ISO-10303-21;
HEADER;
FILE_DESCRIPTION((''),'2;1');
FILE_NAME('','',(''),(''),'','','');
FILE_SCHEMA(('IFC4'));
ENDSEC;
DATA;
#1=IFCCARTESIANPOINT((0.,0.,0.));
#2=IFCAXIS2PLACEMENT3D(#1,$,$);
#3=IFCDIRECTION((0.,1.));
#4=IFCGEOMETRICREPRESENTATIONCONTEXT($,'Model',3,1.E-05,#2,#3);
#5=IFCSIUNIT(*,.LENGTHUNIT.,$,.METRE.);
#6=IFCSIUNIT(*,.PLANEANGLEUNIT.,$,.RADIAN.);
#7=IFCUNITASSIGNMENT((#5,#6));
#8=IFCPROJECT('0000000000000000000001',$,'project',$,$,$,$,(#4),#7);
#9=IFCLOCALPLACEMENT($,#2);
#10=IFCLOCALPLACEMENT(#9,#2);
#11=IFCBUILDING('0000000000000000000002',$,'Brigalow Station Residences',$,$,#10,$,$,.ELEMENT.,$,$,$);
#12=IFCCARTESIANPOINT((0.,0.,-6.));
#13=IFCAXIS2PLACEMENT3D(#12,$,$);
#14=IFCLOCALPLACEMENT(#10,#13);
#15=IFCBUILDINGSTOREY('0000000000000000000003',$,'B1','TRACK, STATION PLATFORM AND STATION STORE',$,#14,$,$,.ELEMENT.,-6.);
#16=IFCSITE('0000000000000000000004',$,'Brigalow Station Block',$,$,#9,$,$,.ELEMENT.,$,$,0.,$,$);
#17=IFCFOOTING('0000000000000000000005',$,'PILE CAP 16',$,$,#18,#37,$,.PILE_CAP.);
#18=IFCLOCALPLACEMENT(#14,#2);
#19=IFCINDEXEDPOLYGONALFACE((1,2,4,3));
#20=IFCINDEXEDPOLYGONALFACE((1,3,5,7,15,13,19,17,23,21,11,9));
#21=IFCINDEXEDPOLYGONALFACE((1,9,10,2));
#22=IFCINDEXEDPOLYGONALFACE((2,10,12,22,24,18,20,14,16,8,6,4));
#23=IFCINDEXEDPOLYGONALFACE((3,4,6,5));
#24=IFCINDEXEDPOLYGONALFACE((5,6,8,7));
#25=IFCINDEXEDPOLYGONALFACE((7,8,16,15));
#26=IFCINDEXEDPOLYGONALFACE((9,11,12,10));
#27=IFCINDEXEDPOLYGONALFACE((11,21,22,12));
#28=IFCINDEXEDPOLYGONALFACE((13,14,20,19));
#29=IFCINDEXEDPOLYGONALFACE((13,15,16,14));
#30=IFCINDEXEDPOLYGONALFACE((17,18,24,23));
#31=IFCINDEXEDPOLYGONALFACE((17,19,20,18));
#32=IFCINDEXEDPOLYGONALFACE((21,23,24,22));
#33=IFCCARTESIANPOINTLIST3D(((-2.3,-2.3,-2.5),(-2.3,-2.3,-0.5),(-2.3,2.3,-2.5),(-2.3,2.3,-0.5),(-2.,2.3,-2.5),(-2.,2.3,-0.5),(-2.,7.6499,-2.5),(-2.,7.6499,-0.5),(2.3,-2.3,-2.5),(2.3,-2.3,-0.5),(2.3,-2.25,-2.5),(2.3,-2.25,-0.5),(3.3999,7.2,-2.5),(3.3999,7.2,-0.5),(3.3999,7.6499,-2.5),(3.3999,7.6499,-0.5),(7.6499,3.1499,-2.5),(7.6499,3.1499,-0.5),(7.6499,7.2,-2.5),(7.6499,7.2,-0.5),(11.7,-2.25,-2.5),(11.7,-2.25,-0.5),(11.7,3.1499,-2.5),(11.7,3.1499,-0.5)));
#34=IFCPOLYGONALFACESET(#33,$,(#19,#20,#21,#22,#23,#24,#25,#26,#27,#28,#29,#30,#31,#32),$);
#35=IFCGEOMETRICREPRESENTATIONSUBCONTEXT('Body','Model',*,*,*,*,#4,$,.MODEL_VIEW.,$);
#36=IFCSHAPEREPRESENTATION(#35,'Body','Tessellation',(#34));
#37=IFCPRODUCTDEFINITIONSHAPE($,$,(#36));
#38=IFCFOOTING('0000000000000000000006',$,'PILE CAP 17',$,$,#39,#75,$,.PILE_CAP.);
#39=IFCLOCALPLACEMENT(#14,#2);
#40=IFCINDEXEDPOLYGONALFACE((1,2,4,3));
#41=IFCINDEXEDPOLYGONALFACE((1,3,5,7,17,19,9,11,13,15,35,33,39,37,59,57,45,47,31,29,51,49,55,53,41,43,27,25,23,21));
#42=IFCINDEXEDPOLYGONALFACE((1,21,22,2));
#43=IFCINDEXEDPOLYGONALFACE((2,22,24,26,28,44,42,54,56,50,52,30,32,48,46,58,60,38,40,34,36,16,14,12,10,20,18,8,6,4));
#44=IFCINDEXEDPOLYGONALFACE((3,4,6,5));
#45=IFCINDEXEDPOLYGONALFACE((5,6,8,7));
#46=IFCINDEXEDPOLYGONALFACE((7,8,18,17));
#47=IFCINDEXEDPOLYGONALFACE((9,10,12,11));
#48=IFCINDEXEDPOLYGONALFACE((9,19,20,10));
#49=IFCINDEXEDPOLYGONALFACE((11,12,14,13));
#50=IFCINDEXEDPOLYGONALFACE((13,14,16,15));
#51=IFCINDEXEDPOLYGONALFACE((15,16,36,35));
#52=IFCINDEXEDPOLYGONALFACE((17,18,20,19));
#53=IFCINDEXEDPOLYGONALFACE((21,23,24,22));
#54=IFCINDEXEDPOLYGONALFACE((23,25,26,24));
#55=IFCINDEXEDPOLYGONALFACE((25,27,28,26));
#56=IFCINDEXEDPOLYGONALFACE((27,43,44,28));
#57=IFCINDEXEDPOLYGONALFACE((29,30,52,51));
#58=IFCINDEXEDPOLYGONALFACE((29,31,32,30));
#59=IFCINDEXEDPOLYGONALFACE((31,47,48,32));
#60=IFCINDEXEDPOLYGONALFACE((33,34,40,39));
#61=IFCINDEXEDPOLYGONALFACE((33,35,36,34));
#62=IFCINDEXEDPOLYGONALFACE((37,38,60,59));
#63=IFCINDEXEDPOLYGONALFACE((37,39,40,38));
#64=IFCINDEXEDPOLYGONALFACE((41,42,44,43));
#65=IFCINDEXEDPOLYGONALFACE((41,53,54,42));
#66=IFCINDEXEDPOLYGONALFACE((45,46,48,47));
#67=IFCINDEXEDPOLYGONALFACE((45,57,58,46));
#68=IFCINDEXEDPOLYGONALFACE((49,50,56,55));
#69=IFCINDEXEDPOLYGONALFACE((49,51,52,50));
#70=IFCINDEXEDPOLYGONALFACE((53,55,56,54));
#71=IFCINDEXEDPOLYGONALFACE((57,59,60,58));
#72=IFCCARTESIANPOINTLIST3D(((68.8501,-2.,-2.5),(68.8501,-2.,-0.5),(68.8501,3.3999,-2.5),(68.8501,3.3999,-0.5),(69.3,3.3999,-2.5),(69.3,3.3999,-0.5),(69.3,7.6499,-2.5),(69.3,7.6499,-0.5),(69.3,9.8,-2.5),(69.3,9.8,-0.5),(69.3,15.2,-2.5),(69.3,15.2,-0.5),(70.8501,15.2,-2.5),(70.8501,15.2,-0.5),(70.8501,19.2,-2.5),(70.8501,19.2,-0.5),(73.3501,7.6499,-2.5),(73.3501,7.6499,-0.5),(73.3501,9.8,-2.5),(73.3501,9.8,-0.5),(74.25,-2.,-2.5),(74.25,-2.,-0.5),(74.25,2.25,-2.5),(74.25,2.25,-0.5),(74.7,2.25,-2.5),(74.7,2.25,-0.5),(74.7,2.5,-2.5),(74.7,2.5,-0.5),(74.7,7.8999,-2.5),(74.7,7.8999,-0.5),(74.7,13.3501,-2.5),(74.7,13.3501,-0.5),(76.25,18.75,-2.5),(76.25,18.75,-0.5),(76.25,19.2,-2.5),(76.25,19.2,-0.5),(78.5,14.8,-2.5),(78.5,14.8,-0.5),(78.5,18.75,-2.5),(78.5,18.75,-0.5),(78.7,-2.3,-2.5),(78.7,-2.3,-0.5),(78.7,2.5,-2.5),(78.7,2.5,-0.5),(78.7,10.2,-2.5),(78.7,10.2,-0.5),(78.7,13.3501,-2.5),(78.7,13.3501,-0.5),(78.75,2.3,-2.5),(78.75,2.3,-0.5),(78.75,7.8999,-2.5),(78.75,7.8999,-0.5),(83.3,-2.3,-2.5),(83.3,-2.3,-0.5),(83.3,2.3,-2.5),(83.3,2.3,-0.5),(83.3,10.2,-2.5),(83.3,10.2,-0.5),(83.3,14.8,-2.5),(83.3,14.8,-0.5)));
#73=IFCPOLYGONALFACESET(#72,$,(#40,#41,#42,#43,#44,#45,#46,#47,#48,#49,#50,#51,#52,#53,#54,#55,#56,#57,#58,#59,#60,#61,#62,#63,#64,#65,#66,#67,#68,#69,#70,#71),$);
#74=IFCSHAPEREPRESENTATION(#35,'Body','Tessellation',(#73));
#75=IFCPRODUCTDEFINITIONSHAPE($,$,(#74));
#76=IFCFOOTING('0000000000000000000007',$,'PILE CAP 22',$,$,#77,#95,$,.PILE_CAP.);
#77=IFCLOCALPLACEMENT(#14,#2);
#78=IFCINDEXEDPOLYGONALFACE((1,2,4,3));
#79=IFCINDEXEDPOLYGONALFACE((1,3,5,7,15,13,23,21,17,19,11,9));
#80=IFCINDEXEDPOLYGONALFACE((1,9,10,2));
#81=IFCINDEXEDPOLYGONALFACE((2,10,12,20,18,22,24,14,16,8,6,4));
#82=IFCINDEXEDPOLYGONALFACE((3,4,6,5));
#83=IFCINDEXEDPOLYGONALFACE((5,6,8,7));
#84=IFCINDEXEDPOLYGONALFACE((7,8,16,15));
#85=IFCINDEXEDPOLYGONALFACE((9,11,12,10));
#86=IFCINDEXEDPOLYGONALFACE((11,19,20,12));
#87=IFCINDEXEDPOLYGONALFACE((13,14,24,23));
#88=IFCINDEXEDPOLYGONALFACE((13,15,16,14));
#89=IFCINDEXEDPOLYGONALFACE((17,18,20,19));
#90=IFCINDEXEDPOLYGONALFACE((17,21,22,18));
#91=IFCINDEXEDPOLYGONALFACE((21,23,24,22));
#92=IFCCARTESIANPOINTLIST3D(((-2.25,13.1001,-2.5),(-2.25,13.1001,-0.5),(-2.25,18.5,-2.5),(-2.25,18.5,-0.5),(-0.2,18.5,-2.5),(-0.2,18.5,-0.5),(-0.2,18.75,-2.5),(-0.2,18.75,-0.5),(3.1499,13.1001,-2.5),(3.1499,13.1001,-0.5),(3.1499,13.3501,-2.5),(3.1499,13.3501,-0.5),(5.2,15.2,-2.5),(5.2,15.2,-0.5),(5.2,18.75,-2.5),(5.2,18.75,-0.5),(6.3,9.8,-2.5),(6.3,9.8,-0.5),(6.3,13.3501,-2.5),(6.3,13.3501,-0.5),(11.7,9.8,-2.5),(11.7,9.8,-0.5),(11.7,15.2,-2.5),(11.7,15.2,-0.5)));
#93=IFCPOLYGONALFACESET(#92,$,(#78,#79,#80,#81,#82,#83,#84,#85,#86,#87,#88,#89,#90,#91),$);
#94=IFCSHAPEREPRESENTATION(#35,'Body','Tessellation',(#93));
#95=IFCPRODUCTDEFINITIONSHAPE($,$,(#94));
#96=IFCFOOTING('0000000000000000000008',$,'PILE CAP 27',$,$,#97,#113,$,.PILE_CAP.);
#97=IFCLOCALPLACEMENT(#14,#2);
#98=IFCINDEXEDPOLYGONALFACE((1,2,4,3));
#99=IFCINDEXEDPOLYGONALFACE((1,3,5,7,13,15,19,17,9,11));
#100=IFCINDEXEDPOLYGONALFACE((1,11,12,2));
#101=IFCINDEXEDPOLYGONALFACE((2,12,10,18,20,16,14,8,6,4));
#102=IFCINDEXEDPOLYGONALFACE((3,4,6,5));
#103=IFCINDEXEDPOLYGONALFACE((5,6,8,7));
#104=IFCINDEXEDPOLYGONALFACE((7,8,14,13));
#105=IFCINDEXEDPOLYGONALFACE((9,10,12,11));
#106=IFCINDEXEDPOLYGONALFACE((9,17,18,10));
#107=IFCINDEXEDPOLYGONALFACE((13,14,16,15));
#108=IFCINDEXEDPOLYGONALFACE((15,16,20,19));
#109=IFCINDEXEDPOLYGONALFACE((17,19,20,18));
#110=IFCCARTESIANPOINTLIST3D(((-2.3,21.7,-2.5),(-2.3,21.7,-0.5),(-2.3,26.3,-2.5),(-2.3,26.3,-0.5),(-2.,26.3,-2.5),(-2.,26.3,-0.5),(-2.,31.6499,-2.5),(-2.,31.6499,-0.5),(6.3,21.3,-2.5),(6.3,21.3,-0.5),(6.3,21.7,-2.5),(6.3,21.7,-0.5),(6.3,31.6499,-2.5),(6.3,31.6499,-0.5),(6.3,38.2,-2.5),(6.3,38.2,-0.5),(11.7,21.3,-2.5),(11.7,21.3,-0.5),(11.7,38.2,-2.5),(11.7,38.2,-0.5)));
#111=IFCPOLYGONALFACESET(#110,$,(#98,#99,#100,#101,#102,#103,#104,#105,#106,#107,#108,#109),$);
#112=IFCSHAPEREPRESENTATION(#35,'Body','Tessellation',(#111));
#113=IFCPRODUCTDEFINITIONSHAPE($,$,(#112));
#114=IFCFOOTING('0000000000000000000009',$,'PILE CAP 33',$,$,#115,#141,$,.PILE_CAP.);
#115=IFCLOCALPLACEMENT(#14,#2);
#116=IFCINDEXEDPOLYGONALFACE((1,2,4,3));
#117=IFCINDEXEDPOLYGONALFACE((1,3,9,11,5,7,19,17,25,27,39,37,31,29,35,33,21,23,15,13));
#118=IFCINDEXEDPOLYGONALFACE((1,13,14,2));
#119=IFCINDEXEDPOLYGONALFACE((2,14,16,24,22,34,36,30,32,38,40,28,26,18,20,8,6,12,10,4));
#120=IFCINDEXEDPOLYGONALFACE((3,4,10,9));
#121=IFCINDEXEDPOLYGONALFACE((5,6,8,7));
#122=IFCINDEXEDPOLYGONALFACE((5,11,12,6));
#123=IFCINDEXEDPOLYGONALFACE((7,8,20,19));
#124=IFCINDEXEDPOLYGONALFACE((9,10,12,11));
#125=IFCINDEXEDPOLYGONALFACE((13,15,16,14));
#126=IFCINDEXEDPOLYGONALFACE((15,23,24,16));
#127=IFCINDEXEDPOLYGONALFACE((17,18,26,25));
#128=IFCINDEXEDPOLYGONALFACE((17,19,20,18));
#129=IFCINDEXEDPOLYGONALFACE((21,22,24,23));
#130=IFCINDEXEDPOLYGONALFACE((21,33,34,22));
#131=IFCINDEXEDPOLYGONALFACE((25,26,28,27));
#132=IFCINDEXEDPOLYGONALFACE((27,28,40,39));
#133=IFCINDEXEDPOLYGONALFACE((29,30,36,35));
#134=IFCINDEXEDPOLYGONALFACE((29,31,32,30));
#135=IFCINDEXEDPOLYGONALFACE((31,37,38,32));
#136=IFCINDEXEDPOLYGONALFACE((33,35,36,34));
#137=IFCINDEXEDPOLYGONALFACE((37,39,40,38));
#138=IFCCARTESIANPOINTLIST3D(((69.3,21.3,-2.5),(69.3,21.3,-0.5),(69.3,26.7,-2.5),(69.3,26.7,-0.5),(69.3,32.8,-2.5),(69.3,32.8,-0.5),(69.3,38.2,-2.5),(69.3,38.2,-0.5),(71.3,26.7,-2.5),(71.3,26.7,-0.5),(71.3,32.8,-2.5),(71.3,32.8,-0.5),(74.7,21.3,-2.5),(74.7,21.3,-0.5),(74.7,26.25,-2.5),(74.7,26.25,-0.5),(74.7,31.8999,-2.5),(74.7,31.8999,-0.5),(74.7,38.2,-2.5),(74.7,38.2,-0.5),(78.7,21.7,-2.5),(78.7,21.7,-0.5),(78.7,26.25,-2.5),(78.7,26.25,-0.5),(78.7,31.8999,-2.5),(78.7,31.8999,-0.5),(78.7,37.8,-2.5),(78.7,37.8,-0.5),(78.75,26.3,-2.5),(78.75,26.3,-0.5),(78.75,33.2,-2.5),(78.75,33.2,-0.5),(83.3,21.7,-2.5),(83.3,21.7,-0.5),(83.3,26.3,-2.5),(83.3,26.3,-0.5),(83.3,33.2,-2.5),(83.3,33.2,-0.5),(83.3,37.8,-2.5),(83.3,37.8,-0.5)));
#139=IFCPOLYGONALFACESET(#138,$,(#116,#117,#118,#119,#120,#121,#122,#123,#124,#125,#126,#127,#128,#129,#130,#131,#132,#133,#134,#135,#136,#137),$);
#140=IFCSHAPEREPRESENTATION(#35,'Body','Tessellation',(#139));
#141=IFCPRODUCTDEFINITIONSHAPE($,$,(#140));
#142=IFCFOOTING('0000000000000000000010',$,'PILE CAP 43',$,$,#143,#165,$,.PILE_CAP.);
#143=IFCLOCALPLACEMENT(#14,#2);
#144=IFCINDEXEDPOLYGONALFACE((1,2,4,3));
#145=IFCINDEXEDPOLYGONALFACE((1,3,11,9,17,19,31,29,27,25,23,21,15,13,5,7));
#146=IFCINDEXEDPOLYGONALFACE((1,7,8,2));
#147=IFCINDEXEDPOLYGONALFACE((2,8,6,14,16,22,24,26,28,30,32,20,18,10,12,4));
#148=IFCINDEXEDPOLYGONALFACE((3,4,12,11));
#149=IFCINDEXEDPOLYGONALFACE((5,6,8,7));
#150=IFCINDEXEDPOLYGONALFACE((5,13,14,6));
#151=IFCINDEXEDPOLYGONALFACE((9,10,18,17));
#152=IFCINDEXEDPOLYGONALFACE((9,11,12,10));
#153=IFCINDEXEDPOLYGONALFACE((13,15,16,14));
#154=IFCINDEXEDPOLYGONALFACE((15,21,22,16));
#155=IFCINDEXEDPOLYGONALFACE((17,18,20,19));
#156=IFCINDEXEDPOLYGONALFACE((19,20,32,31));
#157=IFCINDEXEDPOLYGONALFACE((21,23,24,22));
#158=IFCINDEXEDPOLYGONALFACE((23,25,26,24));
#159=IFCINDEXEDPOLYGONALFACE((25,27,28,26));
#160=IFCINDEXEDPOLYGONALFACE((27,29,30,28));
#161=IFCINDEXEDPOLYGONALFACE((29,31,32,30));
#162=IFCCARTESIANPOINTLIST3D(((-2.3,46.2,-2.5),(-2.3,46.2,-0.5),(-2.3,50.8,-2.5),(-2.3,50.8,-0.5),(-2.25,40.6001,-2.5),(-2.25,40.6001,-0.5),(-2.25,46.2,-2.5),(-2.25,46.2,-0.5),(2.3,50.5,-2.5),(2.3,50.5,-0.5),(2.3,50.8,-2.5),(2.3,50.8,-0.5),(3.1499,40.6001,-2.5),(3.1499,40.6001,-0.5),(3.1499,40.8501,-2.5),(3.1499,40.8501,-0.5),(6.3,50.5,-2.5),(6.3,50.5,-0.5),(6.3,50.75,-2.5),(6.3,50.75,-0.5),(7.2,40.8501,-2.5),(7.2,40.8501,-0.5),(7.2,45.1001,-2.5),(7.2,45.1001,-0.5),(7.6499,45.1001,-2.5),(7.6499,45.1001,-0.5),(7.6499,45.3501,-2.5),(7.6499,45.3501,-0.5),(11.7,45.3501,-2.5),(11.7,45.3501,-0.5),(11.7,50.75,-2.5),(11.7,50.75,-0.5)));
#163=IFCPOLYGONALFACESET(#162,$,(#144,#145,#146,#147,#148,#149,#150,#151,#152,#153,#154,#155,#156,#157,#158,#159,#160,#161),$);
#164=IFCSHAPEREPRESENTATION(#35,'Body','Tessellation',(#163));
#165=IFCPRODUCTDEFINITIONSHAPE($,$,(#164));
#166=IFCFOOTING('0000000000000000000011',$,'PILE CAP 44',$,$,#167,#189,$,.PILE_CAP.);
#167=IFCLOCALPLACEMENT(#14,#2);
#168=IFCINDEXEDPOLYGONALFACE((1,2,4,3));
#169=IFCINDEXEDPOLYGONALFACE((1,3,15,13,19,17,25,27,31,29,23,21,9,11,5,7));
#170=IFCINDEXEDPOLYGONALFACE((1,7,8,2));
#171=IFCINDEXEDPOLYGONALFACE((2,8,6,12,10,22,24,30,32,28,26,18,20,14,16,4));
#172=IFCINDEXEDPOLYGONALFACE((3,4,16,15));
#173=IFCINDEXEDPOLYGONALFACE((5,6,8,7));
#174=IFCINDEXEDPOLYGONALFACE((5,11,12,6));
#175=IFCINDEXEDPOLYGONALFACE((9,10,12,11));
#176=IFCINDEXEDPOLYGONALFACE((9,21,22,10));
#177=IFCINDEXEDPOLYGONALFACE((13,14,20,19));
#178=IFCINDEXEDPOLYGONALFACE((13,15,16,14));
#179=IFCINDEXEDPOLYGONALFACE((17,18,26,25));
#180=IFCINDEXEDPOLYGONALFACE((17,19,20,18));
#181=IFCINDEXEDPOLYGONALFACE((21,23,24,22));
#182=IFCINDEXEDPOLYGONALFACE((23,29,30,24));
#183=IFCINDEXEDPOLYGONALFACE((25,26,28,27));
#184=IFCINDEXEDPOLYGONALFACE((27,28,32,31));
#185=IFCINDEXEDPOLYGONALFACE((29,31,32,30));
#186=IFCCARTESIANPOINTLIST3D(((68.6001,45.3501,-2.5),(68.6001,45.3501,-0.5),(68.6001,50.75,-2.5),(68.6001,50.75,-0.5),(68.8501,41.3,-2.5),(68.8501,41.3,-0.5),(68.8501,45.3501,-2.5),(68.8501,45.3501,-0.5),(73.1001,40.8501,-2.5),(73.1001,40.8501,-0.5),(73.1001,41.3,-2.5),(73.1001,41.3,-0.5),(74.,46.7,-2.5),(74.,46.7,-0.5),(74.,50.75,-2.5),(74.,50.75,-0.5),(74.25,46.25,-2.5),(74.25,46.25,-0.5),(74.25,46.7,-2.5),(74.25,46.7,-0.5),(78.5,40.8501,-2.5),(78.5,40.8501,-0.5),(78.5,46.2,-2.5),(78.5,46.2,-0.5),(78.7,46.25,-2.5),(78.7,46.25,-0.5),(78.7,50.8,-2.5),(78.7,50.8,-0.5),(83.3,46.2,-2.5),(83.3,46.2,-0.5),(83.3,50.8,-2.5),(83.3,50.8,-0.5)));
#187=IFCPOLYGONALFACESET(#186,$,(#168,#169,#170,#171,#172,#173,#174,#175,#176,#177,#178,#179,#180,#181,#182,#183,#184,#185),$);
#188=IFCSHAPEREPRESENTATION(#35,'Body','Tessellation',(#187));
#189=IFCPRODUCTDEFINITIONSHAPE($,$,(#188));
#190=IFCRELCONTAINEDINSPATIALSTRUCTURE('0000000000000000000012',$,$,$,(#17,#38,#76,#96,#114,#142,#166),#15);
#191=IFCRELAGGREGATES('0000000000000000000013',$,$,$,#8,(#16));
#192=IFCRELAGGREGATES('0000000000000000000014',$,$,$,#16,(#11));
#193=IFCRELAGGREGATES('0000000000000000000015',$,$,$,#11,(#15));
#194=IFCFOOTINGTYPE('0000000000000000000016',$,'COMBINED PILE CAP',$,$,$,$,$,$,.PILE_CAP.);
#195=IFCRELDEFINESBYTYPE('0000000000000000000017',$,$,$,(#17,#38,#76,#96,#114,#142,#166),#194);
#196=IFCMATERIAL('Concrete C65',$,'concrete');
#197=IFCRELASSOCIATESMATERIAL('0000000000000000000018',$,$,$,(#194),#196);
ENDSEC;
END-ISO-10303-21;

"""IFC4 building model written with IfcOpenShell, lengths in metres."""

from ifc_helpers import new_model, si_unit, direction, frame, origin, place, context, subcontext, project, spatial, polyline, outline, extrude, material, type_object, element, save


model = new_model("IFC4")

# Units and contexts
model_context = context("Model", 3, precision=1e-05, world=origin(), true_north=direction((0.0, 1.0)))
body_context = subcontext(model_context, "Body", "Model", "MODEL_VIEW")
ifc_project = project(units=[si_unit("LENGTHUNIT", "METRE"), si_unit("PLANEANGLEUNIT", "RADIAN")], contexts=[model_context])

# Site, building, storey
site_placement = place(None, origin())
site = spatial("IfcSite", under=ifc_project, at=site_placement, Name="Brigalow Station Block", CompositionType="ELEMENT", RefElevation=0.0)
building_placement = place(site_placement, origin())
building = spatial("IfcBuilding", under=site, at=building_placement, Name="Brigalow Station Residences", CompositionType="ELEMENT")
storey_placement = place(building_placement, frame((0.0, 0.0, -6.0)))
storey = spatial("IfcBuildingStorey", under=building, at=storey_placement, Name="B1", Description="TRACK, STATION PLATFORM AND STATION STORE", CompositionType="ELEMENT", Elevation=-6.0)

# Footings
ifc_material_1 = material(Name="Concrete C65", Category="concrete")
footing_type_1 = type_object("IfcFootingType", Name="COMBINED PILE CAP", PredefinedType="PILE_CAP", material=ifc_material_1)
footing_1_placement = place(storey_placement, frame((0.0, 0.0, -2.5)))
element("IfcFooting", 1, at=footing_1_placement, inside=storey, type_object=footing_type_1, Name="PILE CAP 16", PredefinedType="PILE_CAP", context=body_context, shape_type="SweptSolid", body=[
    extrude(outline(polyline([(-2.3, 2.3), (-2.0, 2.3), (-2.0, 7.6499), (3.3999, 7.6499), (3.3999, 7.2), (7.6499, 7.2), (7.6499, 3.1499), (11.7, 3.1499), (11.7, -2.25), (2.3, -2.25), (2.3, -2.3), (-2.3, -2.3), (-2.3, 2.3)])), origin(), (0.0, 0.0, 1.0), 2.0),
])
footing_2_placement = place(storey_placement, frame((0.0, 0.0, -2.5)))
element("IfcFooting", 2, at=footing_2_placement, inside=storey, type_object=footing_type_1, Name="PILE CAP 17", PredefinedType="PILE_CAP", context=body_context, shape_type="SweptSolid", body=[
    extrude(outline(polyline([(68.8501, 3.3999), (69.3, 3.3999), (69.3, 7.6499), (73.3501, 7.6499), (73.3501, 9.8), (69.3, 9.8), (69.3, 15.2), (70.8501, 15.2), (70.8501, 19.2), (76.25, 19.2), (76.25, 18.75), (78.5, 18.75), (78.5, 14.8), (83.3, 14.8), (83.3, 10.2), (78.7, 10.2), (78.7, 13.3501), (74.7, 13.3501), (74.7, 7.8999), (78.75, 7.8999), (78.75, 2.3), (83.3, 2.3), (83.3, -2.3), (78.7, -2.3), (78.7, 2.5), (74.7, 2.5), (74.7, 2.25), (74.25, 2.25), (74.25, -2.0), (68.8501, -2.0), (68.8501, 3.3999)])), origin(), (0.0, 0.0, 1.0), 2.0),
])
footing_3_placement = place(storey_placement, frame((0.0, 0.0, -2.5)))
element("IfcFooting", 3, at=footing_3_placement, inside=storey, type_object=footing_type_1, Name="PILE CAP 22", PredefinedType="PILE_CAP", context=body_context, shape_type="SweptSolid", body=[
    extrude(outline(polyline([(-2.25, 13.1001), (-2.25, 18.5), (-0.2, 18.5), (-0.2, 18.75), (5.2, 18.75), (5.2, 15.2), (11.7, 15.2), (11.7, 9.8), (6.3, 9.8), (6.3, 13.3501), (3.1499, 13.3501), (3.1499, 13.1001), (-2.25, 13.1001)])), origin(), (0.0, 0.0, 1.0), 2.0),
])
footing_4_placement = place(storey_placement, frame((0.0, 0.0, -2.5)))
element("IfcFooting", 4, at=footing_4_placement, inside=storey, type_object=footing_type_1, Name="PILE CAP 27", PredefinedType="PILE_CAP", context=body_context, shape_type="SweptSolid", body=[
    extrude(outline(polyline([(-2.3, 26.3), (-2.0, 26.3), (-2.0, 31.6499), (6.3, 31.6499), (6.3, 38.2), (11.7, 38.2), (11.7, 21.3), (6.3, 21.3), (6.3, 21.7), (-2.3, 21.7), (-2.3, 26.3)])), origin(), (0.0, 0.0, 1.0), 2.0),
])
footing_5_placement = place(storey_placement, frame((0.0, 0.0, -2.5)))
element("IfcFooting", 5, at=footing_5_placement, inside=storey, type_object=footing_type_1, Name="PILE CAP 33", PredefinedType="PILE_CAP", context=body_context, shape_type="SweptSolid", body=[
    extrude(outline(polyline([(69.3, 21.3), (69.3, 26.7), (71.3, 26.7), (71.3, 32.8), (69.3, 32.8), (69.3, 38.2), (74.7, 38.2), (74.7, 31.8999), (78.7, 31.8999), (78.7, 37.8), (83.3, 37.8), (83.3, 33.2), (78.75, 33.2), (78.75, 26.3), (83.3, 26.3), (83.3, 21.7), (78.7, 21.7), (78.7, 26.25), (74.7, 26.25), (74.7, 21.3), (69.3, 21.3)])), origin(), (0.0, 0.0, 1.0), 2.0),
])
footing_6_placement = place(storey_placement, frame((0.0, 0.0, -2.5)))
element("IfcFooting", 6, at=footing_6_placement, inside=storey, type_object=footing_type_1, Name="PILE CAP 43", PredefinedType="PILE_CAP", context=body_context, shape_type="SweptSolid", body=[
    extrude(outline(polyline([(-2.3, 46.2), (-2.3, 50.8), (2.3, 50.8), (2.3, 50.5), (6.3, 50.5), (6.3, 50.75), (11.7, 50.75), (11.7, 45.3501), (7.6499, 45.3501), (7.6499, 45.1001), (7.2, 45.1001), (7.2, 40.8501), (3.1499, 40.8501), (3.1499, 40.6001), (-2.25, 40.6001), (-2.25, 46.2), (-2.3, 46.2)])), origin(), (0.0, 0.0, 1.0), 2.0),
])
footing_7_placement = place(storey_placement, frame((0.0, 0.0, -2.5)))
element("IfcFooting", 7, at=footing_7_placement, inside=storey, type_object=footing_type_1, Name="PILE CAP 44", PredefinedType="PILE_CAP", context=body_context, shape_type="SweptSolid", body=[
    extrude(outline(polyline([(68.6001, 45.3501), (68.6001, 50.75), (74.0, 50.75), (74.0, 46.7), (74.25, 46.7), (74.25, 46.25), (78.7, 46.25), (78.7, 50.8), (83.3, 50.8), (83.3, 46.2), (78.5, 46.2), (78.5, 40.8501), (73.1001, 40.8501), (73.1001, 41.3), (68.8501, 41.3), (68.8501, 45.3501), (68.6001, 45.3501)])), origin(), (0.0, 0.0, 1.0), 2.0),
])

save(model, "model.ifc")
